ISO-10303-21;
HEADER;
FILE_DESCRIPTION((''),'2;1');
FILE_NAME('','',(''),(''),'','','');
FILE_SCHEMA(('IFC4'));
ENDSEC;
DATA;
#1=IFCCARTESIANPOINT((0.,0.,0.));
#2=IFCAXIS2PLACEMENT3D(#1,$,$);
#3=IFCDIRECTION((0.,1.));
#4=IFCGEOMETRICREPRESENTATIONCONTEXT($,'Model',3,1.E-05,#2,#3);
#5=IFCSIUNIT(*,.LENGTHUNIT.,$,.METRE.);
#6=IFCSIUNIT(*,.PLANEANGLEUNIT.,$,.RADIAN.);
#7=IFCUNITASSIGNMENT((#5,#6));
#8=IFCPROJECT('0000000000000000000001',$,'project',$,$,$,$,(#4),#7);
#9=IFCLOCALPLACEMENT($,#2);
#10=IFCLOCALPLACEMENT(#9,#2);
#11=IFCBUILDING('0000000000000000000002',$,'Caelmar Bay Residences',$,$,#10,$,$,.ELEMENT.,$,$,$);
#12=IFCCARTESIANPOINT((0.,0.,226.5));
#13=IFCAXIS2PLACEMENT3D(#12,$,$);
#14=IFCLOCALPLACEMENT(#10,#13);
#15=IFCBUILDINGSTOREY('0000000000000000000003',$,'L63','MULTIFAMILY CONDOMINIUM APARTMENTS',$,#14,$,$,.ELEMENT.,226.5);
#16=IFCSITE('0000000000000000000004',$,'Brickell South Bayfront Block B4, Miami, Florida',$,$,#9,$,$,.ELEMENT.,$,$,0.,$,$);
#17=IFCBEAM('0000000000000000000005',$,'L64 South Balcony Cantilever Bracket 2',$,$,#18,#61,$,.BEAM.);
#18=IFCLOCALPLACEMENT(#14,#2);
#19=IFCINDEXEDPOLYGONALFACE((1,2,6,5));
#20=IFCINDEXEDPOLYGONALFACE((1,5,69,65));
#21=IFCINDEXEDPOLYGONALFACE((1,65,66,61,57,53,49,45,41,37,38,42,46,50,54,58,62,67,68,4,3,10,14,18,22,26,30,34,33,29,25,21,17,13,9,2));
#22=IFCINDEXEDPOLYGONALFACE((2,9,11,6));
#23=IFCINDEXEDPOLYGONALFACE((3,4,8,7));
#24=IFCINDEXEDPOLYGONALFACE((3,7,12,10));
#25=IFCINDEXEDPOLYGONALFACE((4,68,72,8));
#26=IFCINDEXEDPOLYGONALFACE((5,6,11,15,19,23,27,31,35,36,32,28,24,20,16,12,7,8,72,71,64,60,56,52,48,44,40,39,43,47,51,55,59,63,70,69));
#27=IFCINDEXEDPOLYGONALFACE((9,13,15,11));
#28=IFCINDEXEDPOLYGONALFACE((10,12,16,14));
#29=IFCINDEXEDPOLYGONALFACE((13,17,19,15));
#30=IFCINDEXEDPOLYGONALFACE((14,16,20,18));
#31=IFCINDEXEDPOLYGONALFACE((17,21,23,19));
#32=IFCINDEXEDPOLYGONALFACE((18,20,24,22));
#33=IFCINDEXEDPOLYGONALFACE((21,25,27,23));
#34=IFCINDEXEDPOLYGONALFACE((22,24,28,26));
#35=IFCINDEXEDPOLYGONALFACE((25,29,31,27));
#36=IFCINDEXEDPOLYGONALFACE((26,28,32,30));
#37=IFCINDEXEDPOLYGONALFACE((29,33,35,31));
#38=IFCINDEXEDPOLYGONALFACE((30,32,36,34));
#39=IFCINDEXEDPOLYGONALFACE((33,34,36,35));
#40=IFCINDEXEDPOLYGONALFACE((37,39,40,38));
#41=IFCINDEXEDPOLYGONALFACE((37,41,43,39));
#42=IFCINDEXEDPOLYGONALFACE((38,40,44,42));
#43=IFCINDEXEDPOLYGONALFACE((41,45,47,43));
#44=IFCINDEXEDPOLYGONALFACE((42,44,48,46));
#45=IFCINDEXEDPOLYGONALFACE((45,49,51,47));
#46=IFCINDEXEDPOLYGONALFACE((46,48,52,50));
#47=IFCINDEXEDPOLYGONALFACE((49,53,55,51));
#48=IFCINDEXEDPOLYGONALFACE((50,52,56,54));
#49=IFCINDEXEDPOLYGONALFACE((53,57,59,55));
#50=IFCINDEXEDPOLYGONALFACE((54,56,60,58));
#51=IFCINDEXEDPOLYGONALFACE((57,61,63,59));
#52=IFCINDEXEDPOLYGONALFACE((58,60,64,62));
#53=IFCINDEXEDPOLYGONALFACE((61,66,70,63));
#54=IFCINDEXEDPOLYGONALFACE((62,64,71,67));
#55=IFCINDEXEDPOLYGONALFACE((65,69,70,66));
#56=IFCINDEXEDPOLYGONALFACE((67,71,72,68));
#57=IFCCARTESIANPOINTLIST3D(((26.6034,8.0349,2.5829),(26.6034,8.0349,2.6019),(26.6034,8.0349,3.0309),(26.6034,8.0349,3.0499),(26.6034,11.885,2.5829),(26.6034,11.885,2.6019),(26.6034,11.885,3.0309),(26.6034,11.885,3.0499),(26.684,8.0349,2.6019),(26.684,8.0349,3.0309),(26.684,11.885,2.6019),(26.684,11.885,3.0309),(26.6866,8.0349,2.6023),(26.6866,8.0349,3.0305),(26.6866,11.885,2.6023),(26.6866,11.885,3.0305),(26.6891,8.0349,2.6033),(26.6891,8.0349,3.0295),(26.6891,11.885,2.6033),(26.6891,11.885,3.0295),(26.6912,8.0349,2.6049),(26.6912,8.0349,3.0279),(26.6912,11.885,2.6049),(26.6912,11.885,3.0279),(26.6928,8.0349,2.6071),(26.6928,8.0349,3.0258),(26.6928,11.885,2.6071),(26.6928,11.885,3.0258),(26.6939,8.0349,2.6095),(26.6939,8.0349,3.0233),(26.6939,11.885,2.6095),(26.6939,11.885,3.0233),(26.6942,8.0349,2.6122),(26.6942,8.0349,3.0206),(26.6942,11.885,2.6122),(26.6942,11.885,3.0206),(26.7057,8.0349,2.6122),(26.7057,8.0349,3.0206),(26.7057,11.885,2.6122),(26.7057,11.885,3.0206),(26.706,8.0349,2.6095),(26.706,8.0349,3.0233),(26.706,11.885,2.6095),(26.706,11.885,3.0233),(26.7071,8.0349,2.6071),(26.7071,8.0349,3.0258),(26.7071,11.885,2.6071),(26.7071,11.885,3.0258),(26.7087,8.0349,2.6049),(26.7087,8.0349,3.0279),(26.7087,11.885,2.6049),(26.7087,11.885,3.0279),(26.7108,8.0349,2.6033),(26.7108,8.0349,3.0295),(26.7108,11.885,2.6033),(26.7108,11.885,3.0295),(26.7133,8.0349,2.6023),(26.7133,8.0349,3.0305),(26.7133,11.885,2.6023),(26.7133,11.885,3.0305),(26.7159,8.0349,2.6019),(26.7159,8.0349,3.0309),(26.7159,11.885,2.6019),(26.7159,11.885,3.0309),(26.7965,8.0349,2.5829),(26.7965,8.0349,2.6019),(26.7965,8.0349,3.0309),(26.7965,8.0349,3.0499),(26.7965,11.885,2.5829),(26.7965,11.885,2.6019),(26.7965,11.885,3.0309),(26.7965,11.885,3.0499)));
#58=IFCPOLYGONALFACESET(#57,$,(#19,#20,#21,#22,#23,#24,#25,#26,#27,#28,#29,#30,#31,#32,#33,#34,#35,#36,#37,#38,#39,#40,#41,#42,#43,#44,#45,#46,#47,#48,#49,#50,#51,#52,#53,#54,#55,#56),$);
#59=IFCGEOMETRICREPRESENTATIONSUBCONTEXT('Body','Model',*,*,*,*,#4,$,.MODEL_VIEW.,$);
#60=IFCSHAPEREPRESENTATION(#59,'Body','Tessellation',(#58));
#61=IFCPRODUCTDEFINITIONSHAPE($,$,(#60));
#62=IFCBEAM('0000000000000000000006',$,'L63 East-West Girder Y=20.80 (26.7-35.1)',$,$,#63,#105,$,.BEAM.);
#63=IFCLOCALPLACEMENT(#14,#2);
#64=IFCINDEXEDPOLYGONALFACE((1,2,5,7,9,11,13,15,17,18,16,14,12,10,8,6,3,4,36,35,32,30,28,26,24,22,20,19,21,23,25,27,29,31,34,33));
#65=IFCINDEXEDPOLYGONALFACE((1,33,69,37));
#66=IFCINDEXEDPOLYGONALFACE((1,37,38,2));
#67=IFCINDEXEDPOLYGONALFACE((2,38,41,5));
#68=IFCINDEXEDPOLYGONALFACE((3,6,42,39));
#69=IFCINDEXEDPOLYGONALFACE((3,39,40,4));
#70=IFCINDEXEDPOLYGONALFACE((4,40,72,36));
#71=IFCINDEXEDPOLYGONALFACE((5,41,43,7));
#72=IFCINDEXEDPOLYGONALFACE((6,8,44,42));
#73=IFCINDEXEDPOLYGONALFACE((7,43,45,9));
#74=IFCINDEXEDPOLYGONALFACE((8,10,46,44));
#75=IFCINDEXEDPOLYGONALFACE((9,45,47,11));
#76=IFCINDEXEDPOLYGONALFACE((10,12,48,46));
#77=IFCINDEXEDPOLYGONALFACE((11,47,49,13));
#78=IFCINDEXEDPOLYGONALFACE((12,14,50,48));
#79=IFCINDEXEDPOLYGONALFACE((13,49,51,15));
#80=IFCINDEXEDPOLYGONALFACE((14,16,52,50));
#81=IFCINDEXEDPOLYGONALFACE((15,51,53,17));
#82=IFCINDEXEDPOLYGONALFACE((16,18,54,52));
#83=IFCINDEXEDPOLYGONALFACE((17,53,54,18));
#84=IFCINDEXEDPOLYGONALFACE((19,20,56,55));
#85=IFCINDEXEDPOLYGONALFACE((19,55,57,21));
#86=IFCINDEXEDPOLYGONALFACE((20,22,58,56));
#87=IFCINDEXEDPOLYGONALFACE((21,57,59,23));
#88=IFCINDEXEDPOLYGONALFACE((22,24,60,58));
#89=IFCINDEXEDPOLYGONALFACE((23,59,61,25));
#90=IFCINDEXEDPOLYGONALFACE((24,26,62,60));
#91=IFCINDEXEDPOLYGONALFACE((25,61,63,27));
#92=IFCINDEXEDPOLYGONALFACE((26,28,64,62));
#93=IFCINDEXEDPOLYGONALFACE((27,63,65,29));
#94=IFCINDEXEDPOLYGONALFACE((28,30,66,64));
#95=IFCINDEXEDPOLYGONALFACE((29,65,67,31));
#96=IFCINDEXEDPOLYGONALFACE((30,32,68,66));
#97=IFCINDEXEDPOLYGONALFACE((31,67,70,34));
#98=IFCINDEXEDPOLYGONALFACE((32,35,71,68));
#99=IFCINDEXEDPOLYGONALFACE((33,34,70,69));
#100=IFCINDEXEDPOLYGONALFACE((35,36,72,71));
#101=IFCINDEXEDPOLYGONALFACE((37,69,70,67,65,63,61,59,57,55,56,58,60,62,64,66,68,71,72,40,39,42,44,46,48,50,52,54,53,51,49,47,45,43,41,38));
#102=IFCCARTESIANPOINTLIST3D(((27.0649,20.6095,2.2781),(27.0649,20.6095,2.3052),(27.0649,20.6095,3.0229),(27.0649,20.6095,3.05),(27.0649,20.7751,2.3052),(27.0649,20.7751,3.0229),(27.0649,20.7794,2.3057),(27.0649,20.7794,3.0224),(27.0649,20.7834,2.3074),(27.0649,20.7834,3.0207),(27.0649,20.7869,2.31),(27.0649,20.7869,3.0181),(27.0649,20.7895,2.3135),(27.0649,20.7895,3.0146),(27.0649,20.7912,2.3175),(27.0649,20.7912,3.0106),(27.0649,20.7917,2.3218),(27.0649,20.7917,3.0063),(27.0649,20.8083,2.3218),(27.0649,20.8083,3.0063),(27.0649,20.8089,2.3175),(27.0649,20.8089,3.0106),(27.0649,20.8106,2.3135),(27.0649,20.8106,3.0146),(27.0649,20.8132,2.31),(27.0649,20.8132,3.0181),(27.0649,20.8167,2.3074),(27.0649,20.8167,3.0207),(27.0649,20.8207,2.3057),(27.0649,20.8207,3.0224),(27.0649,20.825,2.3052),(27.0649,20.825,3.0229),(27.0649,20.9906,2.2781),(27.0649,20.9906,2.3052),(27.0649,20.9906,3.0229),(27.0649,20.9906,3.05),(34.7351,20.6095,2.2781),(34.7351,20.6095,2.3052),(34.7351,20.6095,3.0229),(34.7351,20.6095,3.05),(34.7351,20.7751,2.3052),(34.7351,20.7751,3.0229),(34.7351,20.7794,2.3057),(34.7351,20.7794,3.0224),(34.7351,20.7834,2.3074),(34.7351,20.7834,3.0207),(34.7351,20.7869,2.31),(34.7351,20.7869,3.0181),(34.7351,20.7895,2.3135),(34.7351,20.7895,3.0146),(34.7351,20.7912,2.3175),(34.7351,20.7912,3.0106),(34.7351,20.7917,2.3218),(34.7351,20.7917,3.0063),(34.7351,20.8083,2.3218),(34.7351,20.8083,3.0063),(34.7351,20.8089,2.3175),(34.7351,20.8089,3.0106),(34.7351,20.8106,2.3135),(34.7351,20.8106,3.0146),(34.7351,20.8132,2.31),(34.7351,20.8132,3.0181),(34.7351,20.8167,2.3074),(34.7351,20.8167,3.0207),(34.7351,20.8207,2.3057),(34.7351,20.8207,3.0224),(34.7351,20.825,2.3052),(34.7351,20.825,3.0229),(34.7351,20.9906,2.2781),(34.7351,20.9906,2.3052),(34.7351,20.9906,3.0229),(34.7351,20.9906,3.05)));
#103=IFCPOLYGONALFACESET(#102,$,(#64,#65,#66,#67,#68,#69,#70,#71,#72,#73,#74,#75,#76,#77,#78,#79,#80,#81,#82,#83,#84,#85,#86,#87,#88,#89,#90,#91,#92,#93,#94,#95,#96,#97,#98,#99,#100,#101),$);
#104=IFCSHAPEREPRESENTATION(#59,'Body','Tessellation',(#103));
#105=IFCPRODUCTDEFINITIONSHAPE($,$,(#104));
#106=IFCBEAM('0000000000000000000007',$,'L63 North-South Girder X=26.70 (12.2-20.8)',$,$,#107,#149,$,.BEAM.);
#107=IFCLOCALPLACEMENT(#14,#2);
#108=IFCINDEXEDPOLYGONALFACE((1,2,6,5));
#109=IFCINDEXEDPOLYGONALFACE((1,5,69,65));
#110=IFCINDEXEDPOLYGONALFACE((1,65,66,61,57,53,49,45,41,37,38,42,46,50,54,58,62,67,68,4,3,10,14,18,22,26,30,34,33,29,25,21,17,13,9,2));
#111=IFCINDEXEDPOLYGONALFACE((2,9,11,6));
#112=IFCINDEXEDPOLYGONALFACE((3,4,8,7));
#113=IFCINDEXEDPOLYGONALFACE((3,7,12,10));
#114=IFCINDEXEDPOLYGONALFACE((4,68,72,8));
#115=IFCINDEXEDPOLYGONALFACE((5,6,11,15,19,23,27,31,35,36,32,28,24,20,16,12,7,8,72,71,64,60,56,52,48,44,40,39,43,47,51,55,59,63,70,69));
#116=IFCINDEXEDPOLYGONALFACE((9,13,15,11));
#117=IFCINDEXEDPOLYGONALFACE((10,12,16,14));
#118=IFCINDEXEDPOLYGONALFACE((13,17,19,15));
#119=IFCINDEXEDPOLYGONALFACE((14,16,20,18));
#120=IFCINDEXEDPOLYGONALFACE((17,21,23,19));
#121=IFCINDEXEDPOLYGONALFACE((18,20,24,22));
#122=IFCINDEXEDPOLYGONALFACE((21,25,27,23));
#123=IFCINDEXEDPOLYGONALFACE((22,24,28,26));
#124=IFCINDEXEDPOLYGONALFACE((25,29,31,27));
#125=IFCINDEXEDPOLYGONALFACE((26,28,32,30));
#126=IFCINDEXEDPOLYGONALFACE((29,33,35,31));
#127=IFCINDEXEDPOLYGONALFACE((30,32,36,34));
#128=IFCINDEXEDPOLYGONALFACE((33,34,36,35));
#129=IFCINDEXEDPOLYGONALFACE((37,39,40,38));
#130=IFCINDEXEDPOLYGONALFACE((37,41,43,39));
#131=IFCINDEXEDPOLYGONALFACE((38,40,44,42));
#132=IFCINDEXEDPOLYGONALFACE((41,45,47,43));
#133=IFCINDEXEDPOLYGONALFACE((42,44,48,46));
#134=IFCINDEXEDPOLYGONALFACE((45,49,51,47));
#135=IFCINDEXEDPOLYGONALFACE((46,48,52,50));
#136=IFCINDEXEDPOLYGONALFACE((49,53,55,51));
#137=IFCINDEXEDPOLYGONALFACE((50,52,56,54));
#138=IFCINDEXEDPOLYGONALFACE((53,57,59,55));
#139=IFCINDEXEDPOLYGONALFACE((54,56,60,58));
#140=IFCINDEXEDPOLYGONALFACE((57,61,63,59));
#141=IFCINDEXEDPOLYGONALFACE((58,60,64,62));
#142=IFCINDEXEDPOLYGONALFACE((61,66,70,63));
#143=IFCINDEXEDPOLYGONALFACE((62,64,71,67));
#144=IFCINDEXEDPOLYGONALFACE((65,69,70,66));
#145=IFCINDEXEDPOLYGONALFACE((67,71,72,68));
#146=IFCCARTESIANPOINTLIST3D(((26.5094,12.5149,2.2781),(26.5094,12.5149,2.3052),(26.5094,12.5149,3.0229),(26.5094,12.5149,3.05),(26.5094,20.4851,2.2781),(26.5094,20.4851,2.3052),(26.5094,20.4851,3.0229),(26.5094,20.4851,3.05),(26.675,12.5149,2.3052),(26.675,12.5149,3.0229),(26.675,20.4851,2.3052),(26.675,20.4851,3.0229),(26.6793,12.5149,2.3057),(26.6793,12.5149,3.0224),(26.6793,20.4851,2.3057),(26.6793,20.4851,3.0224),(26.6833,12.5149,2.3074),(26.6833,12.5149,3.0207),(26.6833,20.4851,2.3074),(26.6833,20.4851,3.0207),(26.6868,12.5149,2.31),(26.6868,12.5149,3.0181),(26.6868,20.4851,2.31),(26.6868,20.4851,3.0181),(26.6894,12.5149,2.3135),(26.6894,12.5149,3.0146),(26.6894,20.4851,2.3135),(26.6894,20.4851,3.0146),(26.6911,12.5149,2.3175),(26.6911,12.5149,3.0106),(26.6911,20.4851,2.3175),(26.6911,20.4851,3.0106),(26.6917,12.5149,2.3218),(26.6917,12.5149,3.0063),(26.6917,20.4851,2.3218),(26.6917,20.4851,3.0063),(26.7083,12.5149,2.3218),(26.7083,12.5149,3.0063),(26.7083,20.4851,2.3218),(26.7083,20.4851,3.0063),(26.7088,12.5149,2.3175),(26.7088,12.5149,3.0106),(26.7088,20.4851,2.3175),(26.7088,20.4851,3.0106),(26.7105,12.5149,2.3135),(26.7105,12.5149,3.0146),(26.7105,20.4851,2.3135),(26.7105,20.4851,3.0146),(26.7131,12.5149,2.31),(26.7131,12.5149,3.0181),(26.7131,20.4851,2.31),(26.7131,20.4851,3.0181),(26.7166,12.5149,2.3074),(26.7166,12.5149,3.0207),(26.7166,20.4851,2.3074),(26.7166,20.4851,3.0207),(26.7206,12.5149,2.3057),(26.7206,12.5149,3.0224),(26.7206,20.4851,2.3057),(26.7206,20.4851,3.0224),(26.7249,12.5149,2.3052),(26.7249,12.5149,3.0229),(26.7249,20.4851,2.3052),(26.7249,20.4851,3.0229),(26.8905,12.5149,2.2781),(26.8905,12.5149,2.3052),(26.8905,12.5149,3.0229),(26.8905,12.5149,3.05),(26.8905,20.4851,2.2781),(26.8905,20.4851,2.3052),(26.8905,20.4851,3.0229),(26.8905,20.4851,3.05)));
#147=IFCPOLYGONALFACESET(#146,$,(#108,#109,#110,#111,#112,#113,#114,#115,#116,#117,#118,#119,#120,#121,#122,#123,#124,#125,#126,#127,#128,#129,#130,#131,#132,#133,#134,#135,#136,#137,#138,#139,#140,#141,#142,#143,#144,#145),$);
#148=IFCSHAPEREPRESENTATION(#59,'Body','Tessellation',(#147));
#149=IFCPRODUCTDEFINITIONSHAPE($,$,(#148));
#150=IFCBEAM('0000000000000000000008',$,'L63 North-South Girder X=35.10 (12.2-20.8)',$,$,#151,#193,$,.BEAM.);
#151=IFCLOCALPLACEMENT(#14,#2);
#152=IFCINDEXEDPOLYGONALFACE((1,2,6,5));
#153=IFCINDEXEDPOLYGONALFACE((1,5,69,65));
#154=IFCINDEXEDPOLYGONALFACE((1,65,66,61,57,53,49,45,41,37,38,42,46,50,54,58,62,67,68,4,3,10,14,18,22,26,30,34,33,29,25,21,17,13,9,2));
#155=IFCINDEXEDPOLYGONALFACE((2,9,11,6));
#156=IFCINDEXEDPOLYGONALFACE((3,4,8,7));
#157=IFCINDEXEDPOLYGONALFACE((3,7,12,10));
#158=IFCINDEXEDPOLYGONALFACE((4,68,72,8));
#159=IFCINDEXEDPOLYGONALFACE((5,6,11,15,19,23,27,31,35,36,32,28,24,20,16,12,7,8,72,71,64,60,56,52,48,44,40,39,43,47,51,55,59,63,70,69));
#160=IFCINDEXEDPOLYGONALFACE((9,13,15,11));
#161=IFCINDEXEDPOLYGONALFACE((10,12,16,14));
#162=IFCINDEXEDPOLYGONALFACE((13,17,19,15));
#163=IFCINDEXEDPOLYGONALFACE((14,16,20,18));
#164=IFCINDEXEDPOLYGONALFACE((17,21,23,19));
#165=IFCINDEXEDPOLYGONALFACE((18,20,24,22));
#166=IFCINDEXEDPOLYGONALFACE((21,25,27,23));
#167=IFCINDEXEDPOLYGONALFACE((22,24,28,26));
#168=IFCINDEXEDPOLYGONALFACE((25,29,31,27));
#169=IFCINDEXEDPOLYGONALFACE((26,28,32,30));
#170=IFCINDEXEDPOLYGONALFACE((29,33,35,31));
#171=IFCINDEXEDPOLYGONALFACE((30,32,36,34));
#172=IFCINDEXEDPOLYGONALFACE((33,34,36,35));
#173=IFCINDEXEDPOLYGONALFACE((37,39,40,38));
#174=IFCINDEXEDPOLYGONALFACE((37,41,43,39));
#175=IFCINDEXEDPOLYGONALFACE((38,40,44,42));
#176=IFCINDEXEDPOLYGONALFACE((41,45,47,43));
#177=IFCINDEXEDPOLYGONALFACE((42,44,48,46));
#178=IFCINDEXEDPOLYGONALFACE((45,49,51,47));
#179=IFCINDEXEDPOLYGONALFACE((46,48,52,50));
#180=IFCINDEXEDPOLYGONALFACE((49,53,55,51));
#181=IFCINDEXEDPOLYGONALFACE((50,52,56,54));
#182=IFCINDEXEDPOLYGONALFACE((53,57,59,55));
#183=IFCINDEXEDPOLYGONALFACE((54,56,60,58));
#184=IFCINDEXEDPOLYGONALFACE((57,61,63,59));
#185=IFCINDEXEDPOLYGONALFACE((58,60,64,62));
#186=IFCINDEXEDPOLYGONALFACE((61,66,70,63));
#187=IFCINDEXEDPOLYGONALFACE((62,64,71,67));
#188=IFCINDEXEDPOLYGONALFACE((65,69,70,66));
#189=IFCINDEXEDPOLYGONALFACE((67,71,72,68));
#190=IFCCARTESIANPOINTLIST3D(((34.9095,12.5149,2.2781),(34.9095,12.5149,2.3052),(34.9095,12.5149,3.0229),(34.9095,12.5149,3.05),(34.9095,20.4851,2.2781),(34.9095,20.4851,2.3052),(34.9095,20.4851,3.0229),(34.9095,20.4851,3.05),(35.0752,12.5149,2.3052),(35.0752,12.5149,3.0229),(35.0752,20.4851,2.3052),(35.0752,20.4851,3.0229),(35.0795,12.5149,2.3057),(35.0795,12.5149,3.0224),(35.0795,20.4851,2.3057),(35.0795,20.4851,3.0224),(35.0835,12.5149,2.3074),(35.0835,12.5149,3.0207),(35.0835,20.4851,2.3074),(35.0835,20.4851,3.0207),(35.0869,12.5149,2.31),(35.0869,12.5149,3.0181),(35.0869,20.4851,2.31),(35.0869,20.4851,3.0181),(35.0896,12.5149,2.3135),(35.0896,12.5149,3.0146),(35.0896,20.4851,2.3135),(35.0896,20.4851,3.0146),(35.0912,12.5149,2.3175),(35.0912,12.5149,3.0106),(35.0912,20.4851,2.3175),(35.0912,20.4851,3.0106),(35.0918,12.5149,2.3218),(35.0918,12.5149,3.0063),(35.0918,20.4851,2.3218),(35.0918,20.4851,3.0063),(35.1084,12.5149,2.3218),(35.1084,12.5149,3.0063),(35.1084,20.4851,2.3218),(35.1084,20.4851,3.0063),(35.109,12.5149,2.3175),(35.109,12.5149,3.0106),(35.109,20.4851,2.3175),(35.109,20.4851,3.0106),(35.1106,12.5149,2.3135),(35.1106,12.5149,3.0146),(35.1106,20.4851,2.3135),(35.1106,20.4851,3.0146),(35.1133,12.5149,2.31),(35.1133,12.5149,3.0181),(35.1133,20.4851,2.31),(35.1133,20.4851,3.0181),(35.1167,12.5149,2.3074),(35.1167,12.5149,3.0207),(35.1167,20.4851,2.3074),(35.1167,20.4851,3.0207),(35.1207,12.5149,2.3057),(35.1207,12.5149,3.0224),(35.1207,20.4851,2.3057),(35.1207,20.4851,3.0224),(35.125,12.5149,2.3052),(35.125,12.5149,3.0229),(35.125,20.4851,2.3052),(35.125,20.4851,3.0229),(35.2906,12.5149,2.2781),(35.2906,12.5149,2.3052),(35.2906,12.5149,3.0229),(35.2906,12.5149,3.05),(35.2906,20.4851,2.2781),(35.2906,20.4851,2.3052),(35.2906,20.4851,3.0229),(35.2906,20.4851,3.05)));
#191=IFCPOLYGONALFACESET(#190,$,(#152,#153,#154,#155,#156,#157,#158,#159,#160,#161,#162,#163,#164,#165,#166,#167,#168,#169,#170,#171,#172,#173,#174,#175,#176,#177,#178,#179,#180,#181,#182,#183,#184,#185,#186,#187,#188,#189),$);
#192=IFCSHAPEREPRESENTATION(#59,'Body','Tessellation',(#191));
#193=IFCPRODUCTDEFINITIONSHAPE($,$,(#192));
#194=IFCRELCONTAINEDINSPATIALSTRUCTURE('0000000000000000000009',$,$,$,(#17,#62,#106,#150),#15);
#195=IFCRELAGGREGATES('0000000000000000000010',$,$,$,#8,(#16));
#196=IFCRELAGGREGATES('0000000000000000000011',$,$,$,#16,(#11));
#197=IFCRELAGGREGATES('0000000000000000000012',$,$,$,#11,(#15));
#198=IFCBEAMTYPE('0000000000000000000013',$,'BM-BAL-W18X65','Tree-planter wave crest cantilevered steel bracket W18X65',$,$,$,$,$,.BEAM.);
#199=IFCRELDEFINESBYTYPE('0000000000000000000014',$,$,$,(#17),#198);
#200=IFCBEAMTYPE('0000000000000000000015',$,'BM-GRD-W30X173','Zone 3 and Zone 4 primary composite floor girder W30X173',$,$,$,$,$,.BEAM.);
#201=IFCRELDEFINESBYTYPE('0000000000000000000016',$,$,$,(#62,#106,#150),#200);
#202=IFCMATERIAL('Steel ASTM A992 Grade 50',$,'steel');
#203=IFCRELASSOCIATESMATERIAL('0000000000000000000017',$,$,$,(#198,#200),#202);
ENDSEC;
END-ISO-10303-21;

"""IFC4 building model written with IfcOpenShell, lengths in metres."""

from ifc_helpers import new_model, si_unit, direction, frame, origin, origin_2d, place, context, subcontext, project, spatial, i_section, extrude, material, material_profile, profile_set, type_object, element, save


model = new_model("IFC4")

# Units and contexts
model_context = context("Model", 3, precision=1e-05, world=origin(), true_north=direction((0.0, 1.0)))
body_context = subcontext(model_context, "Body", "Model", "MODEL_VIEW")
ifc_project = project(units=[si_unit("LENGTHUNIT", "METRE"), si_unit("PLANEANGLEUNIT", "RADIAN")], contexts=[model_context])

# Site, building, storey
site_placement = place(None, origin())
site = spatial("IfcSite", under=ifc_project, at=site_placement, Name="Brickell South Bayfront Block B4, Miami, Florida", CompositionType="ELEMENT", RefElevation=0.0)
building_placement = place(site_placement, origin())
building = spatial("IfcBuilding", under=site, at=building_placement, Name="Caelmar Bay Residences", CompositionType="ELEMENT")
storey_placement = place(building_placement, frame((0.0, 0.0, 226.5)))
storey = spatial("IfcBuildingStorey", under=building, at=storey_placement, Name="L63", Description="MULTIFAMILY CONDOMINIUM APARTMENTS", CompositionType="ELEMENT", Elevation=226.5)

# Beams
ifc_material_1 = material(Name="Steel ASTM A992 Grade 50", Category="steel")
ifc_material_profile_1 = material_profile(ifc_material_1, i_section(OverallWidth=0.1931, OverallDepth=0.467, WebThickness=0.0115, FlangeThickness=0.019, FilletRadius=0.0103, at=origin_2d()), Name="W18X65")
ifc_profile_set_1 = profile_set([ifc_material_profile_1], Name="Steel ASTM A992 Grade 50")
beam_type_1 = type_object("IfcBeamType", Name="BM-BAL-W18X65", Description="Tree-planter wave crest cantilevered steel bracket W18X65", PredefinedType="BEAM", material=ifc_profile_set_1)
beam_1_placement = place(storey_placement, frame((26.7, 11.885, 2.8164), z_axis=(0.0, -1.0, 0.0), x_axis=(1.0, 0.0, 0.0)))
element("IfcBeam", 1, at=beam_1_placement, inside=storey, type_object=beam_type_1, Name="L64 South Balcony Cantilever Bracket 2", PredefinedType="BEAM", context=body_context, shape_type="SweptSolid", body=[
    extrude(i_section(OverallWidth=0.1931, OverallDepth=0.467, WebThickness=0.0115, FlangeThickness=0.019, FilletRadius=0.0103, at=origin_2d()), origin(), (0.0, 0.0, 1.0), 3.8501),
])
ifc_material_profile_2 = material_profile(ifc_material_1, i_section(OverallWidth=0.3811, OverallDepth=0.772, WebThickness=0.0166, FlangeThickness=0.0271, FilletRadius=0.0166, at=origin_2d()), Name="W30X173")
ifc_profile_set_2 = profile_set([ifc_material_profile_2], Name="Steel ASTM A992 Grade 50")
beam_type_2 = type_object("IfcBeamType", Name="BM-GRD-W30X173", Description="Zone 3 and Zone 4 primary composite floor girder W30X173", PredefinedType="BEAM", material=ifc_profile_set_2)
beam_2_placement = place(storey_placement, frame((27.0649, 20.8, 2.6641), z_axis=(1.0, 0.0, 0.0), x_axis=(0.0, 1.0, 0.0)))
element("IfcBeam", 2, at=beam_2_placement, inside=storey, type_object=beam_type_2, Name="L63 East-West Girder Y=20.80 (26.7-35.1)", PredefinedType="BEAM", context=body_context, shape_type="SweptSolid", body=[
    extrude(i_section(OverallWidth=0.3811, OverallDepth=0.772, WebThickness=0.0166, FlangeThickness=0.0271, FilletRadius=0.0166, at=origin_2d()), origin(), (0.0, 0.0, 1.0), 7.6702),
])
for number, where, z_axis, x_axis, name in (
    (3, (26.7, 12.5149, 2.6641), (0.0, 1.0, 0.0), (-1.0, 0.0, 0.0), "L63 North-South Girder X=26.70 (12.2-20.8)"),
    (4, (35.1001, 12.5149, 2.6641), (0.0, 1.0, 0.0), (-1.0, 0.0, 0.0), "L63 North-South Girder X=35.10 (12.2-20.8)"),
):
    element("IfcBeam", number, at=place(storey_placement, frame(where, z_axis=z_axis, x_axis=x_axis)), inside=storey, type_object=beam_type_2, Name=name, PredefinedType="BEAM", context=body_context, shape_type="SweptSolid", body=[
        extrude(i_section(OverallWidth=0.3811, OverallDepth=0.772, WebThickness=0.0166, FlangeThickness=0.0271, FilletRadius=0.0166, at=origin_2d()), origin(), (0.0, 0.0, 1.0), 7.9702),
    ])

save(model, "model.ifc")
